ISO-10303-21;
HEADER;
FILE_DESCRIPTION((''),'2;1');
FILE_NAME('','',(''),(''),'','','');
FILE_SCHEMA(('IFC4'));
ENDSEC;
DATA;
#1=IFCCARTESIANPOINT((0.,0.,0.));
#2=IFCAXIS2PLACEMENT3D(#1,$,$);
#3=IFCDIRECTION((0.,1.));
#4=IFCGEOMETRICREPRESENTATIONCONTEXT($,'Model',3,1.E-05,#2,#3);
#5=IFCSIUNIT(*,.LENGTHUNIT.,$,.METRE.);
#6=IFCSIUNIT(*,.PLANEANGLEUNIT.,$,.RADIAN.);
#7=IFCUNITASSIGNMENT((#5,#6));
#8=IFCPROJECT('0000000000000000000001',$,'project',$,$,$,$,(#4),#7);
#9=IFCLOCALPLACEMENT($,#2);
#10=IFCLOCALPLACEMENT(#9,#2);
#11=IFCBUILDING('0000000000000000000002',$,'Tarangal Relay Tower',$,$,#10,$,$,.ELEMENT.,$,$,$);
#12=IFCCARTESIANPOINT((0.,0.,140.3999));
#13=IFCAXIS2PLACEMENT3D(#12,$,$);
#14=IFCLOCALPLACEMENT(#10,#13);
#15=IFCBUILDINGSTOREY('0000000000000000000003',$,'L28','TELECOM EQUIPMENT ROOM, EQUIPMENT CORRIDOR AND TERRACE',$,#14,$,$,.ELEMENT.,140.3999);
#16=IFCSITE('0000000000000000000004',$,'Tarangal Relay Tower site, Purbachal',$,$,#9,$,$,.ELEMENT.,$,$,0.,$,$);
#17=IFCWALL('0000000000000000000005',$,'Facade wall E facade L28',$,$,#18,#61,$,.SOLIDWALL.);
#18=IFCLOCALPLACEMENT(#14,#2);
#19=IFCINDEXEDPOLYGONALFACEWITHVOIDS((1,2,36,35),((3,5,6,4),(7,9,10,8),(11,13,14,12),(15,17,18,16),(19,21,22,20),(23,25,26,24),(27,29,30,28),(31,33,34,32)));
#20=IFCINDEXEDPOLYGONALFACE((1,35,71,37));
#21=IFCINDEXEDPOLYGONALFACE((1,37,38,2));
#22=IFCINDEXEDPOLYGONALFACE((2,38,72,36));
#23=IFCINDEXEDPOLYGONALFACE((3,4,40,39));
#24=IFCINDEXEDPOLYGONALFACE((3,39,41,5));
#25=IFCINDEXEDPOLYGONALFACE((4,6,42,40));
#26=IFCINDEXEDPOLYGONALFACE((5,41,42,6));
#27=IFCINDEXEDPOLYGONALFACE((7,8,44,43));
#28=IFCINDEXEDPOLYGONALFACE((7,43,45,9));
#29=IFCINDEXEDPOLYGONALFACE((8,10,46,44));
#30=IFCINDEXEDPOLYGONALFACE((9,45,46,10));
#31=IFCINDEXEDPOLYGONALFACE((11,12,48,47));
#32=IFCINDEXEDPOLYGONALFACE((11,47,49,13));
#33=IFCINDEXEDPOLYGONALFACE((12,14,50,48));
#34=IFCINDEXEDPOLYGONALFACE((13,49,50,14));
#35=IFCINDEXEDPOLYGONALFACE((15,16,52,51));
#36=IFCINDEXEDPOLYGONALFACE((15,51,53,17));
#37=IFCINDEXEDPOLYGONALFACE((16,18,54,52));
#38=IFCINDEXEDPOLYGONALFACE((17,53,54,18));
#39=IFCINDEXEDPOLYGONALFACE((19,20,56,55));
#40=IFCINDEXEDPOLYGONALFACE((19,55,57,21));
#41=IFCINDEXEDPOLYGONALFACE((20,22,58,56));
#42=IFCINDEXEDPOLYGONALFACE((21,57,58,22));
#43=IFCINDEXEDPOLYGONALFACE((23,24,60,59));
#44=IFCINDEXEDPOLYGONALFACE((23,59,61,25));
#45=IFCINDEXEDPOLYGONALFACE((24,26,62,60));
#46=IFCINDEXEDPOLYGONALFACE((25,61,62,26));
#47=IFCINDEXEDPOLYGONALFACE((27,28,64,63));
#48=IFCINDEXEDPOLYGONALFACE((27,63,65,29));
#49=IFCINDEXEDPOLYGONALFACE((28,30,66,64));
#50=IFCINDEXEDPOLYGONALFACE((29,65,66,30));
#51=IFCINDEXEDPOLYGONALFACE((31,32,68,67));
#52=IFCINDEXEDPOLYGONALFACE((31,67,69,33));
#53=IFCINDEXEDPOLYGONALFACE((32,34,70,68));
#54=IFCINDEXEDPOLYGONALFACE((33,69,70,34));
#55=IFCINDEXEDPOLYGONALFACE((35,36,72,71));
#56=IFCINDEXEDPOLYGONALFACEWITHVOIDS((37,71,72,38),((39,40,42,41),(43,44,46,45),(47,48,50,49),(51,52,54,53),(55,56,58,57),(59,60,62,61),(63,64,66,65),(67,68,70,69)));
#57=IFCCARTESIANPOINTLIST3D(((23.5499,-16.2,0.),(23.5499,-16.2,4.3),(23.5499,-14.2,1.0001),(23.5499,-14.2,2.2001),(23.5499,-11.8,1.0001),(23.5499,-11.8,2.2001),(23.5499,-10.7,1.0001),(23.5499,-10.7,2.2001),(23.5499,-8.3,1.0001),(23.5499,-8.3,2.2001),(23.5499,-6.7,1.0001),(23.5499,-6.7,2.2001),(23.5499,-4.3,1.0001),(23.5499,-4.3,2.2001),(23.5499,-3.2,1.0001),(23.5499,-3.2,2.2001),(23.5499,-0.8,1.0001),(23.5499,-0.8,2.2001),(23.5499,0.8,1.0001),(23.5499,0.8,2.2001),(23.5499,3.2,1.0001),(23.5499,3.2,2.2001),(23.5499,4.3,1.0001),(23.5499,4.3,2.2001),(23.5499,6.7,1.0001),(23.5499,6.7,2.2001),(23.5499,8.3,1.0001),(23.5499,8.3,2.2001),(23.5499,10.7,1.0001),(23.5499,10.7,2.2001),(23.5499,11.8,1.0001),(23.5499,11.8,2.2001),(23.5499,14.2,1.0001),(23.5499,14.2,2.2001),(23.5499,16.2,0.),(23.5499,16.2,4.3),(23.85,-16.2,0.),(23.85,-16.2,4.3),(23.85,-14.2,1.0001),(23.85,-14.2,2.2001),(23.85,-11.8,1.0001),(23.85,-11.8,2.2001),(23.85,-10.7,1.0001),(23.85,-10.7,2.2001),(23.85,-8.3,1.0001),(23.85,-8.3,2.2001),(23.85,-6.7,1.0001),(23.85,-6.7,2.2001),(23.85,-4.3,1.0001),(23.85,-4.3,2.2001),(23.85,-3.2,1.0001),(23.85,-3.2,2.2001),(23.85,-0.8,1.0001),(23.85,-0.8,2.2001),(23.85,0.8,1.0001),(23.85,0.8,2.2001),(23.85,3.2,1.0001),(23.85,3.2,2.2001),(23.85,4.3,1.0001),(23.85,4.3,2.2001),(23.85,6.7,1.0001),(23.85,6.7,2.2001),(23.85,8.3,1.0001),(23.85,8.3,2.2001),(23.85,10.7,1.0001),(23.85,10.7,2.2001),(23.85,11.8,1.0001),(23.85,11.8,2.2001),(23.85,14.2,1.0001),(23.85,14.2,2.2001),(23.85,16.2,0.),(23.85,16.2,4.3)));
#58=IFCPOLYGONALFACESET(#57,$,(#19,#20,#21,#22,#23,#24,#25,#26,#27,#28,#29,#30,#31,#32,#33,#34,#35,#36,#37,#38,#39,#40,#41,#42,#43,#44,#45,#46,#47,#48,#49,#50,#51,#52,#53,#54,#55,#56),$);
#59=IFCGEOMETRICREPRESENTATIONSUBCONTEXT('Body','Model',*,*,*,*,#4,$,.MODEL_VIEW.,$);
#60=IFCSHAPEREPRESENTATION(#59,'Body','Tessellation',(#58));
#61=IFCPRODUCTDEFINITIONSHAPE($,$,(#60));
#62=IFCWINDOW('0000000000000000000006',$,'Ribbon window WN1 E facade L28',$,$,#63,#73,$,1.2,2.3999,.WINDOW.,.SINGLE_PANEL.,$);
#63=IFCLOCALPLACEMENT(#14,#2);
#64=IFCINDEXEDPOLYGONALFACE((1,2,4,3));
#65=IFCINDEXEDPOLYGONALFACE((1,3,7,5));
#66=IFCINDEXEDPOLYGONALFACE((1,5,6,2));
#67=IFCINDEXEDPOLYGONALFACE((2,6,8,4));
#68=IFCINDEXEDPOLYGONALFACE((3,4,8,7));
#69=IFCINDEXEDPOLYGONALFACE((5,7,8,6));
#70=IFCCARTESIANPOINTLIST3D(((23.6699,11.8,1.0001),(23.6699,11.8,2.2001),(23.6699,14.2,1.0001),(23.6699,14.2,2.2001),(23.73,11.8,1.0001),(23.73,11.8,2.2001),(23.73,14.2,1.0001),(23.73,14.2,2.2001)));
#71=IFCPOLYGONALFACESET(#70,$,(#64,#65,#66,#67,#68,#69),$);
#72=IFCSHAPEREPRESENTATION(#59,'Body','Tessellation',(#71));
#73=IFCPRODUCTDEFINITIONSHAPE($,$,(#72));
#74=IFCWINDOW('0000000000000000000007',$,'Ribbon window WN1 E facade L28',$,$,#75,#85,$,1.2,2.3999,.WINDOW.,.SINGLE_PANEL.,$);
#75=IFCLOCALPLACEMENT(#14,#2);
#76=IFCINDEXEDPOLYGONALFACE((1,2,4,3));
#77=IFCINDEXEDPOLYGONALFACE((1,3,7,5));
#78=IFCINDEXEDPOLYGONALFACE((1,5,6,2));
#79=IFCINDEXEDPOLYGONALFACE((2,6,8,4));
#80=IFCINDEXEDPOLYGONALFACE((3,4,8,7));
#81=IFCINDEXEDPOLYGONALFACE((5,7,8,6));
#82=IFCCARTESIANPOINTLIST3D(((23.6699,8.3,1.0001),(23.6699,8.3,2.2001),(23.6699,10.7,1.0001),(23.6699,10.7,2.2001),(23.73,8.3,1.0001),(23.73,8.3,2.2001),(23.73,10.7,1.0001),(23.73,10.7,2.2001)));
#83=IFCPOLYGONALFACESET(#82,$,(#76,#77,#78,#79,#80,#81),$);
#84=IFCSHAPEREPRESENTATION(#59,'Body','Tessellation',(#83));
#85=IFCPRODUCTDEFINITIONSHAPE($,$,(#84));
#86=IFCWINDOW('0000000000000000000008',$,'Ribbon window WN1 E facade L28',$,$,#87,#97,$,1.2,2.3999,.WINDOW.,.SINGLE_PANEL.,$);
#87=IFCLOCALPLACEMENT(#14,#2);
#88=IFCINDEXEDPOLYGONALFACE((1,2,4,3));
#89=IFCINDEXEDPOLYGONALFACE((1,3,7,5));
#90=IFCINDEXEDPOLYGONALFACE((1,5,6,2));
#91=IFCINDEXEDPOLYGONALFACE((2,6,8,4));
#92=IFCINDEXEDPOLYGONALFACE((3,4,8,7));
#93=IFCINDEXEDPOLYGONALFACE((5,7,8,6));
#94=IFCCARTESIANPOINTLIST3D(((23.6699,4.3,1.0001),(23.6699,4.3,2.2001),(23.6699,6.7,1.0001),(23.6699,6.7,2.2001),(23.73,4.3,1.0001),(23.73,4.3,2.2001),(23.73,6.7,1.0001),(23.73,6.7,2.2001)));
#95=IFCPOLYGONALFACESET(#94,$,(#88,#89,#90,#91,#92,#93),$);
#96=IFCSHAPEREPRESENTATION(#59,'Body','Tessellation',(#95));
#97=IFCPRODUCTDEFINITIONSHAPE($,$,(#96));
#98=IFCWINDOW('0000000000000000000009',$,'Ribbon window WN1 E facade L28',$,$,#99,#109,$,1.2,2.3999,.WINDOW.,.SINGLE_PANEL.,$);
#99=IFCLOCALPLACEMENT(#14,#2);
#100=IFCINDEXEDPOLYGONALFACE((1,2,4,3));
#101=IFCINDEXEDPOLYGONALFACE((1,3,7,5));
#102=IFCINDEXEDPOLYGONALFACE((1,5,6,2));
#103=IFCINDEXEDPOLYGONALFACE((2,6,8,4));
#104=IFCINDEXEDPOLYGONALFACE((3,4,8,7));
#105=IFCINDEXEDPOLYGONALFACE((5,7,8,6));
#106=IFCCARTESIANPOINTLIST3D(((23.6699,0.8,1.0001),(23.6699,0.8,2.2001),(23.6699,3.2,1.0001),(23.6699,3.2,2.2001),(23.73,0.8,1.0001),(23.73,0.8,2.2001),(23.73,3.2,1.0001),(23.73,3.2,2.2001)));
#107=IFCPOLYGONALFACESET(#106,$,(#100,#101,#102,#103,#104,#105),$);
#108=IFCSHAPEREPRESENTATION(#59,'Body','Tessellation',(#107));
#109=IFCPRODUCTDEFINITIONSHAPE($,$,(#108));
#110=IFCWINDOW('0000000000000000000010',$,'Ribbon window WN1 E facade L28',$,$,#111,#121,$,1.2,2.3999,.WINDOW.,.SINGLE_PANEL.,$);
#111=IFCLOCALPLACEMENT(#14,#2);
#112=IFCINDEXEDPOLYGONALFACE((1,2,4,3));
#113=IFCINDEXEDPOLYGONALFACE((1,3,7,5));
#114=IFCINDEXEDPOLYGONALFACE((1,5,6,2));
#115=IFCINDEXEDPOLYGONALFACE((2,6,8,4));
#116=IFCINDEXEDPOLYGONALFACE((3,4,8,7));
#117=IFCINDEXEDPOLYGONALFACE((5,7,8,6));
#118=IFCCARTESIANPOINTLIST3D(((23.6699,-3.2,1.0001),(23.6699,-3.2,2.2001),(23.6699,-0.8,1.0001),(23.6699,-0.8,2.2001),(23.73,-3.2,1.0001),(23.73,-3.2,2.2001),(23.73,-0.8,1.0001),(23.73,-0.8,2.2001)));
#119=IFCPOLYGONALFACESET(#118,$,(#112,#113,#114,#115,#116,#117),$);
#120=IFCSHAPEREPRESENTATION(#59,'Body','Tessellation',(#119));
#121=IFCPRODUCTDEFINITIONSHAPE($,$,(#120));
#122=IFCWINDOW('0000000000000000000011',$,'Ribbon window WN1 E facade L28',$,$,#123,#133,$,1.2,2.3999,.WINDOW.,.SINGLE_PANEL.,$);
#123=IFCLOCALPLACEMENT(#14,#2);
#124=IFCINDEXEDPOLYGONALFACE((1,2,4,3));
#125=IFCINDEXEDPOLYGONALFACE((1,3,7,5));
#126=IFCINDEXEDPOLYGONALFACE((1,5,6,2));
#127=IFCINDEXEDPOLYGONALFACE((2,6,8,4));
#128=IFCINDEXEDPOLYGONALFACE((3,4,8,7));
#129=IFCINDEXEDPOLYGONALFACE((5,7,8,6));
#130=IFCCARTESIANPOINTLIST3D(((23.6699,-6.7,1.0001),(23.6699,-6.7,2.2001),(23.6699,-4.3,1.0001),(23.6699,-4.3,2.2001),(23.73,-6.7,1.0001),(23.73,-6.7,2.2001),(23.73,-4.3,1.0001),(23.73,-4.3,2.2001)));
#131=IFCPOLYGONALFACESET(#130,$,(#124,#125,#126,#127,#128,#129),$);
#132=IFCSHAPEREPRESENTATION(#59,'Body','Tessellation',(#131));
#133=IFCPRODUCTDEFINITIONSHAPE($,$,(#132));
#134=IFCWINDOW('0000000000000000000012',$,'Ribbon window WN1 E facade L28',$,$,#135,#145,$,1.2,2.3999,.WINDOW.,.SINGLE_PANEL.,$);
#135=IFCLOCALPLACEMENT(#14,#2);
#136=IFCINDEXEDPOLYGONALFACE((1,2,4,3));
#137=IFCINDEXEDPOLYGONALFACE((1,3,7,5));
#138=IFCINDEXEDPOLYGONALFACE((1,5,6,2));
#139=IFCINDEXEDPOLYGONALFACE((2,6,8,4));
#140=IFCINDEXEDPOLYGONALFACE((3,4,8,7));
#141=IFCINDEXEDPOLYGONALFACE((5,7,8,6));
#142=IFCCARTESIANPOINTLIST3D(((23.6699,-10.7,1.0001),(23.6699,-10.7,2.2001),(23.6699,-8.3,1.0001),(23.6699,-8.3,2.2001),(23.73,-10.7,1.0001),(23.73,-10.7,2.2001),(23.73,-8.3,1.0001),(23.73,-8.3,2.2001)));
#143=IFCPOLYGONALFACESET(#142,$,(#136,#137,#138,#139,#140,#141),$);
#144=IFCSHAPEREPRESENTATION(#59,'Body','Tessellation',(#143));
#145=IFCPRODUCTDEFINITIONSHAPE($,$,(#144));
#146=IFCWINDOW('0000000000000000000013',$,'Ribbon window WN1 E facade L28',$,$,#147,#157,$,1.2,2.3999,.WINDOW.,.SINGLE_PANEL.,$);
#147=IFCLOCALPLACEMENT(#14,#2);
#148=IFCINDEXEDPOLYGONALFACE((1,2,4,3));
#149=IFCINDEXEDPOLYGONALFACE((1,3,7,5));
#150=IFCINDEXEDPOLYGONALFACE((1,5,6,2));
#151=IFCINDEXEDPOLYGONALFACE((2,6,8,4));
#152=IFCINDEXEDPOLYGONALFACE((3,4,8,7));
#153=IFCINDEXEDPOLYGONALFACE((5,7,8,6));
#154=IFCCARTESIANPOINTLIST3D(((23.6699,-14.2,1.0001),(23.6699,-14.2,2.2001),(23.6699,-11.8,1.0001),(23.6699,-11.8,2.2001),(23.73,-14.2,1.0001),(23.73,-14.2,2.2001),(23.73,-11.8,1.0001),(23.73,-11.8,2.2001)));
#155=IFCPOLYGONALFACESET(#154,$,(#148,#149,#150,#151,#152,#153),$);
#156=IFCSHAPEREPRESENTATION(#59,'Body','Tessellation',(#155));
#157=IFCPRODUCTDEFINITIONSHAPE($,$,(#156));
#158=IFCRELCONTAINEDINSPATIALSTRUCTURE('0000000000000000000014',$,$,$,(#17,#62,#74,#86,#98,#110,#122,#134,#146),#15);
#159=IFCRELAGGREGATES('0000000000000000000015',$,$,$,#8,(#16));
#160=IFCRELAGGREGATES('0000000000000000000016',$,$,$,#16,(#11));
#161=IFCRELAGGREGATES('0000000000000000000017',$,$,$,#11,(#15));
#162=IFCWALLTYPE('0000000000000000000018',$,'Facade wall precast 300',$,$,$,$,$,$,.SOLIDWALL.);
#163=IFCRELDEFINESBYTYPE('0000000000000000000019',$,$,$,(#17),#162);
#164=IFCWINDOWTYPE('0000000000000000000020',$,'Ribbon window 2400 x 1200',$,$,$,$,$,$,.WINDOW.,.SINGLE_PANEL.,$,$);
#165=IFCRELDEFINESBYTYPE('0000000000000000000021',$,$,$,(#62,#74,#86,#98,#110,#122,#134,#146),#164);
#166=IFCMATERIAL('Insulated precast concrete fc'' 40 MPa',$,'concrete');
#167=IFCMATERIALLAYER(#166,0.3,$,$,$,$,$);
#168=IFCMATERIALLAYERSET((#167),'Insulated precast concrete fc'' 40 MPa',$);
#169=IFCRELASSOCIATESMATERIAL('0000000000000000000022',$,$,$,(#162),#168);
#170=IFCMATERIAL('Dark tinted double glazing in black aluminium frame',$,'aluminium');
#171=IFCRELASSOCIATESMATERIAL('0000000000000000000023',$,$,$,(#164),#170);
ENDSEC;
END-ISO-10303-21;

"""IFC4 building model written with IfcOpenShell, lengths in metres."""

from ifc_helpers import new_model, si_unit, direction, frame, frame_2d, origin, place, context, subcontext, project, spatial, rectangle, extrude, material, layer, layer_set, type_object, element, fill, save


model = new_model("IFC4")

# Units and contexts
model_context = context("Model", 3, precision=1e-05, world=origin(), true_north=direction((0.0, 1.0)))
body_context = subcontext(model_context, "Body", "Model", "MODEL_VIEW")
ifc_project = project(units=[si_unit("LENGTHUNIT", "METRE"), si_unit("PLANEANGLEUNIT", "RADIAN")], contexts=[model_context])

# Site, building, storey
site_placement = place(None, origin())
site = spatial("IfcSite", under=ifc_project, at=site_placement, Name="Tarangal Relay Tower site, Purbachal", CompositionType="ELEMENT", RefElevation=0.0)
building_placement = place(site_placement, origin())
building = spatial("IfcBuilding", under=site, at=building_placement, Name="Tarangal Relay Tower", CompositionType="ELEMENT")
storey_placement = place(building_placement, frame((0.0, 0.0, 140.3999)))
storey = spatial("IfcBuildingStorey", under=building, at=storey_placement, Name="L28", Description="TELECOM EQUIPMENT ROOM, EQUIPMENT CORRIDOR AND TERRACE", CompositionType="ELEMENT", Elevation=140.3999)

# Shared definitions
ifc_material_1 = material(Name="Insulated precast concrete fc' 40 MPa", Category="concrete")
ifc_layer_1 = layer(ifc_material_1, 0.3)
ifc_layer_set_1 = layer_set([ifc_layer_1], Name="Insulated precast concrete fc' 40 MPa")
wall_type_1 = type_object("IfcWallType", Name="Facade wall precast 300", PredefinedType="SOLIDWALL", material=ifc_layer_set_1)

# Wall, openings, windows
wall_1_placement = place(storey_placement, frame((23.7, 16.2, 0.0), z_axis=(0.0, 0.0, 1.0), x_axis=(0.0, -1.0, 0.0)))
wall_1 = element("IfcWall", 1, at=wall_1_placement, inside=storey, type_object=wall_type_1, Name="Facade wall E facade L28", PredefinedType="SOLIDWALL", context=body_context, shape_type="SweptSolid", body=[
    extrude(rectangle(XDim=32.3999, YDim=0.3, at=frame_2d((16.2, 0.0))), origin(), (0.0, 0.0, 1.0), 4.3),
])
opening_1_placement = place(wall_1_placement, frame((2.0, 0.0, 1.0)))
opening_1 = element("IfcOpeningElement", 2, at=opening_1_placement, cuts=wall_1, PredefinedType="OPENING", context=body_context, shape_type="SweptSolid", body=[
    extrude(rectangle(XDim=2.3999, YDim=1.2, at=frame_2d((1.2, 0.6001))), frame((0.0, 0.1599, 0.0), z_axis=(0.0, -1.0, 0.0), x_axis=(1.0, 0.0, 0.0)), (0.0, 0.0, 1.0), 0.3201),
])
opening_2_placement = place(wall_1_placement, frame((5.5, 0.0, 1.0)))
opening_2 = element("IfcOpeningElement", 3, at=opening_2_placement, cuts=wall_1, PredefinedType="OPENING", context=body_context, shape_type="SweptSolid", body=[
    extrude(rectangle(XDim=2.3999, YDim=1.2, at=frame_2d((1.2, 0.6001))), frame((0.0, 0.1599, 0.0), z_axis=(0.0, -1.0, 0.0), x_axis=(1.0, 0.0, 0.0)), (0.0, 0.0, 1.0), 0.3201),
])
opening_3_placement = place(wall_1_placement, frame((9.5, 0.0, 1.0)))
opening_3 = element("IfcOpeningElement", 4, at=opening_3_placement, cuts=wall_1, PredefinedType="OPENING", context=body_context, shape_type="SweptSolid", body=[
    extrude(rectangle(XDim=2.3999, YDim=1.2, at=frame_2d((1.2, 0.6001))), frame((0.0, 0.1599, 0.0), z_axis=(0.0, -1.0, 0.0), x_axis=(1.0, 0.0, 0.0)), (0.0, 0.0, 1.0), 0.3201),
])
opening_4_placement = place(wall_1_placement, frame((13.0, 0.0, 1.0)))
opening_4 = element("IfcOpeningElement", 5, at=opening_4_placement, cuts=wall_1, PredefinedType="OPENING", context=body_context, shape_type="SweptSolid", body=[
    extrude(rectangle(XDim=2.3999, YDim=1.2, at=frame_2d((1.2, 0.6001))), frame((0.0, 0.1599, 0.0), z_axis=(0.0, -1.0, 0.0), x_axis=(1.0, 0.0, 0.0)), (0.0, 0.0, 1.0), 0.3201),
])
opening_5_placement = place(wall_1_placement, frame((17.0, 0.0, 1.0)))
opening_5 = element("IfcOpeningElement", 6, at=opening_5_placement, cuts=wall_1, PredefinedType="OPENING", context=body_context, shape_type="SweptSolid", body=[
    extrude(rectangle(XDim=2.3999, YDim=1.2, at=frame_2d((1.2, 0.6001))), frame((0.0, 0.1599, 0.0), z_axis=(0.0, -1.0, 0.0), x_axis=(1.0, 0.0, 0.0)), (0.0, 0.0, 1.0), 0.3201),
])
opening_6_placement = place(wall_1_placement, frame((20.5, 0.0, 1.0)))
opening_6 = element("IfcOpeningElement", 7, at=opening_6_placement, cuts=wall_1, PredefinedType="OPENING", context=body_context, shape_type="SweptSolid", body=[
    extrude(rectangle(XDim=2.3999, YDim=1.2, at=frame_2d((1.2, 0.6001))), frame((0.0, 0.1599, 0.0), z_axis=(0.0, -1.0, 0.0), x_axis=(1.0, 0.0, 0.0)), (0.0, 0.0, 1.0), 0.3201),
])
opening_7_placement = place(wall_1_placement, frame((24.5, 0.0, 1.0)))
opening_7 = element("IfcOpeningElement", 8, at=opening_7_placement, cuts=wall_1, PredefinedType="OPENING", context=body_context, shape_type="SweptSolid", body=[
    extrude(rectangle(XDim=2.3999, YDim=1.2, at=frame_2d((1.2, 0.6001))), frame((0.0, 0.1599, 0.0), z_axis=(0.0, -1.0, 0.0), x_axis=(1.0, 0.0, 0.0)), (0.0, 0.0, 1.0), 0.3201),
])
opening_8_placement = place(wall_1_placement, frame((28.0, 0.0, 1.0)))
opening_8 = element("IfcOpeningElement", 9, at=opening_8_placement, cuts=wall_1, PredefinedType="OPENING", context=body_context, shape_type="SweptSolid", body=[
    extrude(rectangle(XDim=2.3999, YDim=1.2, at=frame_2d((1.2, 0.6001))), frame((0.0, 0.1599, 0.0), z_axis=(0.0, -1.0, 0.0), x_axis=(1.0, 0.0, 0.0)), (0.0, 0.0, 1.0), 0.3201),
])
ifc_material_2 = material(Name="Dark tinted double glazing in black aluminium frame", Category="aluminium")
window_type = type_object("IfcWindowType", Name="Ribbon window 2400 x 1200", PartitioningType="SINGLE_PANEL", PredefinedType="WINDOW", material=ifc_material_2)
window_1_placement = place(opening_1_placement, origin())
window_1 = element("IfcWindow", 10, at=window_1_placement, inside=storey, type_object=window_type, Name="Ribbon window WN1 E facade L28", OverallHeight=1.2, OverallWidth=2.3999, PartitioningType="SINGLE_PANEL", PredefinedType="WINDOW", context=body_context, shape_type="SweptSolid", body=[
    extrude(rectangle(XDim=2.3999, YDim=1.2, at=frame_2d((1.2, 0.6001))), frame((0.0, 0.03, 0.0), z_axis=(0.0, -1.0, 0.0), x_axis=(1.0, 0.0, 0.0)), (0.0, 0.0, 1.0), 0.0601),
])
fill(opening_1, window_1)
window_2_placement = place(opening_2_placement, origin())
window_2 = element("IfcWindow", 11, at=window_2_placement, inside=storey, type_object=window_type, Name="Ribbon window WN1 E facade L28", OverallHeight=1.2, OverallWidth=2.3999, PartitioningType="SINGLE_PANEL", PredefinedType="WINDOW", context=body_context, shape_type="SweptSolid", body=[
    extrude(rectangle(XDim=2.3999, YDim=1.2, at=frame_2d((1.2, 0.6001))), frame((0.0, 0.03, 0.0), z_axis=(0.0, -1.0, 0.0), x_axis=(1.0, 0.0, 0.0)), (0.0, 0.0, 1.0), 0.0601),
])
fill(opening_2, window_2)
window_3_placement = place(opening_3_placement, origin())
window_3 = element("IfcWindow", 12, at=window_3_placement, inside=storey, type_object=window_type, Name="Ribbon window WN1 E facade L28", OverallHeight=1.2, OverallWidth=2.3999, PartitioningType="SINGLE_PANEL", PredefinedType="WINDOW", context=body_context, shape_type="SweptSolid", body=[
    extrude(rectangle(XDim=2.3999, YDim=1.2, at=frame_2d((1.2, 0.6001))), frame((0.0, 0.03, 0.0), z_axis=(0.0, -1.0, 0.0), x_axis=(1.0, 0.0, 0.0)), (0.0, 0.0, 1.0), 0.0601),
])
fill(opening_3, window_3)
window_4_placement = place(opening_4_placement, origin())
window_4 = element("IfcWindow", 13, at=window_4_placement, inside=storey, type_object=window_type, Name="Ribbon window WN1 E facade L28", OverallHeight=1.2, OverallWidth=2.3999, PartitioningType="SINGLE_PANEL", PredefinedType="WINDOW", context=body_context, shape_type="SweptSolid", body=[
    extrude(rectangle(XDim=2.3999, YDim=1.2, at=frame_2d((1.2, 0.6001))), frame((0.0, 0.03, 0.0), z_axis=(0.0, -1.0, 0.0), x_axis=(1.0, 0.0, 0.0)), (0.0, 0.0, 1.0), 0.0601),
])
fill(opening_4, window_4)
window_5_placement = place(opening_5_placement, origin())
window_5 = element("IfcWindow", 14, at=window_5_placement, inside=storey, type_object=window_type, Name="Ribbon window WN1 E facade L28", OverallHeight=1.2, OverallWidth=2.3999, PartitioningType="SINGLE_PANEL", PredefinedType="WINDOW", context=body_context, shape_type="SweptSolid", body=[
    extrude(rectangle(XDim=2.3999, YDim=1.2, at=frame_2d((1.2, 0.6001))), frame((0.0, 0.03, 0.0), z_axis=(0.0, -1.0, 0.0), x_axis=(1.0, 0.0, 0.0)), (0.0, 0.0, 1.0), 0.0601),
])
fill(opening_5, window_5)
window_6_placement = place(opening_6_placement, origin())
window_6 = element("IfcWindow", 15, at=window_6_placement, inside=storey, type_object=window_type, Name="Ribbon window WN1 E facade L28", OverallHeight=1.2, OverallWidth=2.3999, PartitioningType="SINGLE_PANEL", PredefinedType="WINDOW", context=body_context, shape_type="SweptSolid", body=[
    extrude(rectangle(XDim=2.3999, YDim=1.2, at=frame_2d((1.2, 0.6001))), frame((0.0, 0.03, 0.0), z_axis=(0.0, -1.0, 0.0), x_axis=(1.0, 0.0, 0.0)), (0.0, 0.0, 1.0), 0.0601),
])
fill(opening_6, window_6)
window_7_placement = place(opening_7_placement, origin())
window_7 = element("IfcWindow", 16, at=window_7_placement, inside=storey, type_object=window_type, Name="Ribbon window WN1 E facade L28", OverallHeight=1.2, OverallWidth=2.3999, PartitioningType="SINGLE_PANEL", PredefinedType="WINDOW", context=body_context, shape_type="SweptSolid", body=[
    extrude(rectangle(XDim=2.3999, YDim=1.2, at=frame_2d((1.2, 0.6001))), frame((0.0, 0.03, 0.0), z_axis=(0.0, -1.0, 0.0), x_axis=(1.0, 0.0, 0.0)), (0.0, 0.0, 1.0), 0.0601),
])
fill(opening_7, window_7)
window_8_placement = place(opening_8_placement, origin())
window_8 = element("IfcWindow", 17, at=window_8_placement, inside=storey, type_object=window_type, Name="Ribbon window WN1 E facade L28", OverallHeight=1.2, OverallWidth=2.3999, PartitioningType="SINGLE_PANEL", PredefinedType="WINDOW", context=body_context, shape_type="SweptSolid", body=[
    extrude(rectangle(XDim=2.3999, YDim=1.2, at=frame_2d((1.2, 0.6001))), frame((0.0, 0.03, 0.0), z_axis=(0.0, -1.0, 0.0), x_axis=(1.0, 0.0, 0.0)), (0.0, 0.0, 1.0), 0.0601),
])
fill(opening_8, window_8)

save(model, "model.ifc")
